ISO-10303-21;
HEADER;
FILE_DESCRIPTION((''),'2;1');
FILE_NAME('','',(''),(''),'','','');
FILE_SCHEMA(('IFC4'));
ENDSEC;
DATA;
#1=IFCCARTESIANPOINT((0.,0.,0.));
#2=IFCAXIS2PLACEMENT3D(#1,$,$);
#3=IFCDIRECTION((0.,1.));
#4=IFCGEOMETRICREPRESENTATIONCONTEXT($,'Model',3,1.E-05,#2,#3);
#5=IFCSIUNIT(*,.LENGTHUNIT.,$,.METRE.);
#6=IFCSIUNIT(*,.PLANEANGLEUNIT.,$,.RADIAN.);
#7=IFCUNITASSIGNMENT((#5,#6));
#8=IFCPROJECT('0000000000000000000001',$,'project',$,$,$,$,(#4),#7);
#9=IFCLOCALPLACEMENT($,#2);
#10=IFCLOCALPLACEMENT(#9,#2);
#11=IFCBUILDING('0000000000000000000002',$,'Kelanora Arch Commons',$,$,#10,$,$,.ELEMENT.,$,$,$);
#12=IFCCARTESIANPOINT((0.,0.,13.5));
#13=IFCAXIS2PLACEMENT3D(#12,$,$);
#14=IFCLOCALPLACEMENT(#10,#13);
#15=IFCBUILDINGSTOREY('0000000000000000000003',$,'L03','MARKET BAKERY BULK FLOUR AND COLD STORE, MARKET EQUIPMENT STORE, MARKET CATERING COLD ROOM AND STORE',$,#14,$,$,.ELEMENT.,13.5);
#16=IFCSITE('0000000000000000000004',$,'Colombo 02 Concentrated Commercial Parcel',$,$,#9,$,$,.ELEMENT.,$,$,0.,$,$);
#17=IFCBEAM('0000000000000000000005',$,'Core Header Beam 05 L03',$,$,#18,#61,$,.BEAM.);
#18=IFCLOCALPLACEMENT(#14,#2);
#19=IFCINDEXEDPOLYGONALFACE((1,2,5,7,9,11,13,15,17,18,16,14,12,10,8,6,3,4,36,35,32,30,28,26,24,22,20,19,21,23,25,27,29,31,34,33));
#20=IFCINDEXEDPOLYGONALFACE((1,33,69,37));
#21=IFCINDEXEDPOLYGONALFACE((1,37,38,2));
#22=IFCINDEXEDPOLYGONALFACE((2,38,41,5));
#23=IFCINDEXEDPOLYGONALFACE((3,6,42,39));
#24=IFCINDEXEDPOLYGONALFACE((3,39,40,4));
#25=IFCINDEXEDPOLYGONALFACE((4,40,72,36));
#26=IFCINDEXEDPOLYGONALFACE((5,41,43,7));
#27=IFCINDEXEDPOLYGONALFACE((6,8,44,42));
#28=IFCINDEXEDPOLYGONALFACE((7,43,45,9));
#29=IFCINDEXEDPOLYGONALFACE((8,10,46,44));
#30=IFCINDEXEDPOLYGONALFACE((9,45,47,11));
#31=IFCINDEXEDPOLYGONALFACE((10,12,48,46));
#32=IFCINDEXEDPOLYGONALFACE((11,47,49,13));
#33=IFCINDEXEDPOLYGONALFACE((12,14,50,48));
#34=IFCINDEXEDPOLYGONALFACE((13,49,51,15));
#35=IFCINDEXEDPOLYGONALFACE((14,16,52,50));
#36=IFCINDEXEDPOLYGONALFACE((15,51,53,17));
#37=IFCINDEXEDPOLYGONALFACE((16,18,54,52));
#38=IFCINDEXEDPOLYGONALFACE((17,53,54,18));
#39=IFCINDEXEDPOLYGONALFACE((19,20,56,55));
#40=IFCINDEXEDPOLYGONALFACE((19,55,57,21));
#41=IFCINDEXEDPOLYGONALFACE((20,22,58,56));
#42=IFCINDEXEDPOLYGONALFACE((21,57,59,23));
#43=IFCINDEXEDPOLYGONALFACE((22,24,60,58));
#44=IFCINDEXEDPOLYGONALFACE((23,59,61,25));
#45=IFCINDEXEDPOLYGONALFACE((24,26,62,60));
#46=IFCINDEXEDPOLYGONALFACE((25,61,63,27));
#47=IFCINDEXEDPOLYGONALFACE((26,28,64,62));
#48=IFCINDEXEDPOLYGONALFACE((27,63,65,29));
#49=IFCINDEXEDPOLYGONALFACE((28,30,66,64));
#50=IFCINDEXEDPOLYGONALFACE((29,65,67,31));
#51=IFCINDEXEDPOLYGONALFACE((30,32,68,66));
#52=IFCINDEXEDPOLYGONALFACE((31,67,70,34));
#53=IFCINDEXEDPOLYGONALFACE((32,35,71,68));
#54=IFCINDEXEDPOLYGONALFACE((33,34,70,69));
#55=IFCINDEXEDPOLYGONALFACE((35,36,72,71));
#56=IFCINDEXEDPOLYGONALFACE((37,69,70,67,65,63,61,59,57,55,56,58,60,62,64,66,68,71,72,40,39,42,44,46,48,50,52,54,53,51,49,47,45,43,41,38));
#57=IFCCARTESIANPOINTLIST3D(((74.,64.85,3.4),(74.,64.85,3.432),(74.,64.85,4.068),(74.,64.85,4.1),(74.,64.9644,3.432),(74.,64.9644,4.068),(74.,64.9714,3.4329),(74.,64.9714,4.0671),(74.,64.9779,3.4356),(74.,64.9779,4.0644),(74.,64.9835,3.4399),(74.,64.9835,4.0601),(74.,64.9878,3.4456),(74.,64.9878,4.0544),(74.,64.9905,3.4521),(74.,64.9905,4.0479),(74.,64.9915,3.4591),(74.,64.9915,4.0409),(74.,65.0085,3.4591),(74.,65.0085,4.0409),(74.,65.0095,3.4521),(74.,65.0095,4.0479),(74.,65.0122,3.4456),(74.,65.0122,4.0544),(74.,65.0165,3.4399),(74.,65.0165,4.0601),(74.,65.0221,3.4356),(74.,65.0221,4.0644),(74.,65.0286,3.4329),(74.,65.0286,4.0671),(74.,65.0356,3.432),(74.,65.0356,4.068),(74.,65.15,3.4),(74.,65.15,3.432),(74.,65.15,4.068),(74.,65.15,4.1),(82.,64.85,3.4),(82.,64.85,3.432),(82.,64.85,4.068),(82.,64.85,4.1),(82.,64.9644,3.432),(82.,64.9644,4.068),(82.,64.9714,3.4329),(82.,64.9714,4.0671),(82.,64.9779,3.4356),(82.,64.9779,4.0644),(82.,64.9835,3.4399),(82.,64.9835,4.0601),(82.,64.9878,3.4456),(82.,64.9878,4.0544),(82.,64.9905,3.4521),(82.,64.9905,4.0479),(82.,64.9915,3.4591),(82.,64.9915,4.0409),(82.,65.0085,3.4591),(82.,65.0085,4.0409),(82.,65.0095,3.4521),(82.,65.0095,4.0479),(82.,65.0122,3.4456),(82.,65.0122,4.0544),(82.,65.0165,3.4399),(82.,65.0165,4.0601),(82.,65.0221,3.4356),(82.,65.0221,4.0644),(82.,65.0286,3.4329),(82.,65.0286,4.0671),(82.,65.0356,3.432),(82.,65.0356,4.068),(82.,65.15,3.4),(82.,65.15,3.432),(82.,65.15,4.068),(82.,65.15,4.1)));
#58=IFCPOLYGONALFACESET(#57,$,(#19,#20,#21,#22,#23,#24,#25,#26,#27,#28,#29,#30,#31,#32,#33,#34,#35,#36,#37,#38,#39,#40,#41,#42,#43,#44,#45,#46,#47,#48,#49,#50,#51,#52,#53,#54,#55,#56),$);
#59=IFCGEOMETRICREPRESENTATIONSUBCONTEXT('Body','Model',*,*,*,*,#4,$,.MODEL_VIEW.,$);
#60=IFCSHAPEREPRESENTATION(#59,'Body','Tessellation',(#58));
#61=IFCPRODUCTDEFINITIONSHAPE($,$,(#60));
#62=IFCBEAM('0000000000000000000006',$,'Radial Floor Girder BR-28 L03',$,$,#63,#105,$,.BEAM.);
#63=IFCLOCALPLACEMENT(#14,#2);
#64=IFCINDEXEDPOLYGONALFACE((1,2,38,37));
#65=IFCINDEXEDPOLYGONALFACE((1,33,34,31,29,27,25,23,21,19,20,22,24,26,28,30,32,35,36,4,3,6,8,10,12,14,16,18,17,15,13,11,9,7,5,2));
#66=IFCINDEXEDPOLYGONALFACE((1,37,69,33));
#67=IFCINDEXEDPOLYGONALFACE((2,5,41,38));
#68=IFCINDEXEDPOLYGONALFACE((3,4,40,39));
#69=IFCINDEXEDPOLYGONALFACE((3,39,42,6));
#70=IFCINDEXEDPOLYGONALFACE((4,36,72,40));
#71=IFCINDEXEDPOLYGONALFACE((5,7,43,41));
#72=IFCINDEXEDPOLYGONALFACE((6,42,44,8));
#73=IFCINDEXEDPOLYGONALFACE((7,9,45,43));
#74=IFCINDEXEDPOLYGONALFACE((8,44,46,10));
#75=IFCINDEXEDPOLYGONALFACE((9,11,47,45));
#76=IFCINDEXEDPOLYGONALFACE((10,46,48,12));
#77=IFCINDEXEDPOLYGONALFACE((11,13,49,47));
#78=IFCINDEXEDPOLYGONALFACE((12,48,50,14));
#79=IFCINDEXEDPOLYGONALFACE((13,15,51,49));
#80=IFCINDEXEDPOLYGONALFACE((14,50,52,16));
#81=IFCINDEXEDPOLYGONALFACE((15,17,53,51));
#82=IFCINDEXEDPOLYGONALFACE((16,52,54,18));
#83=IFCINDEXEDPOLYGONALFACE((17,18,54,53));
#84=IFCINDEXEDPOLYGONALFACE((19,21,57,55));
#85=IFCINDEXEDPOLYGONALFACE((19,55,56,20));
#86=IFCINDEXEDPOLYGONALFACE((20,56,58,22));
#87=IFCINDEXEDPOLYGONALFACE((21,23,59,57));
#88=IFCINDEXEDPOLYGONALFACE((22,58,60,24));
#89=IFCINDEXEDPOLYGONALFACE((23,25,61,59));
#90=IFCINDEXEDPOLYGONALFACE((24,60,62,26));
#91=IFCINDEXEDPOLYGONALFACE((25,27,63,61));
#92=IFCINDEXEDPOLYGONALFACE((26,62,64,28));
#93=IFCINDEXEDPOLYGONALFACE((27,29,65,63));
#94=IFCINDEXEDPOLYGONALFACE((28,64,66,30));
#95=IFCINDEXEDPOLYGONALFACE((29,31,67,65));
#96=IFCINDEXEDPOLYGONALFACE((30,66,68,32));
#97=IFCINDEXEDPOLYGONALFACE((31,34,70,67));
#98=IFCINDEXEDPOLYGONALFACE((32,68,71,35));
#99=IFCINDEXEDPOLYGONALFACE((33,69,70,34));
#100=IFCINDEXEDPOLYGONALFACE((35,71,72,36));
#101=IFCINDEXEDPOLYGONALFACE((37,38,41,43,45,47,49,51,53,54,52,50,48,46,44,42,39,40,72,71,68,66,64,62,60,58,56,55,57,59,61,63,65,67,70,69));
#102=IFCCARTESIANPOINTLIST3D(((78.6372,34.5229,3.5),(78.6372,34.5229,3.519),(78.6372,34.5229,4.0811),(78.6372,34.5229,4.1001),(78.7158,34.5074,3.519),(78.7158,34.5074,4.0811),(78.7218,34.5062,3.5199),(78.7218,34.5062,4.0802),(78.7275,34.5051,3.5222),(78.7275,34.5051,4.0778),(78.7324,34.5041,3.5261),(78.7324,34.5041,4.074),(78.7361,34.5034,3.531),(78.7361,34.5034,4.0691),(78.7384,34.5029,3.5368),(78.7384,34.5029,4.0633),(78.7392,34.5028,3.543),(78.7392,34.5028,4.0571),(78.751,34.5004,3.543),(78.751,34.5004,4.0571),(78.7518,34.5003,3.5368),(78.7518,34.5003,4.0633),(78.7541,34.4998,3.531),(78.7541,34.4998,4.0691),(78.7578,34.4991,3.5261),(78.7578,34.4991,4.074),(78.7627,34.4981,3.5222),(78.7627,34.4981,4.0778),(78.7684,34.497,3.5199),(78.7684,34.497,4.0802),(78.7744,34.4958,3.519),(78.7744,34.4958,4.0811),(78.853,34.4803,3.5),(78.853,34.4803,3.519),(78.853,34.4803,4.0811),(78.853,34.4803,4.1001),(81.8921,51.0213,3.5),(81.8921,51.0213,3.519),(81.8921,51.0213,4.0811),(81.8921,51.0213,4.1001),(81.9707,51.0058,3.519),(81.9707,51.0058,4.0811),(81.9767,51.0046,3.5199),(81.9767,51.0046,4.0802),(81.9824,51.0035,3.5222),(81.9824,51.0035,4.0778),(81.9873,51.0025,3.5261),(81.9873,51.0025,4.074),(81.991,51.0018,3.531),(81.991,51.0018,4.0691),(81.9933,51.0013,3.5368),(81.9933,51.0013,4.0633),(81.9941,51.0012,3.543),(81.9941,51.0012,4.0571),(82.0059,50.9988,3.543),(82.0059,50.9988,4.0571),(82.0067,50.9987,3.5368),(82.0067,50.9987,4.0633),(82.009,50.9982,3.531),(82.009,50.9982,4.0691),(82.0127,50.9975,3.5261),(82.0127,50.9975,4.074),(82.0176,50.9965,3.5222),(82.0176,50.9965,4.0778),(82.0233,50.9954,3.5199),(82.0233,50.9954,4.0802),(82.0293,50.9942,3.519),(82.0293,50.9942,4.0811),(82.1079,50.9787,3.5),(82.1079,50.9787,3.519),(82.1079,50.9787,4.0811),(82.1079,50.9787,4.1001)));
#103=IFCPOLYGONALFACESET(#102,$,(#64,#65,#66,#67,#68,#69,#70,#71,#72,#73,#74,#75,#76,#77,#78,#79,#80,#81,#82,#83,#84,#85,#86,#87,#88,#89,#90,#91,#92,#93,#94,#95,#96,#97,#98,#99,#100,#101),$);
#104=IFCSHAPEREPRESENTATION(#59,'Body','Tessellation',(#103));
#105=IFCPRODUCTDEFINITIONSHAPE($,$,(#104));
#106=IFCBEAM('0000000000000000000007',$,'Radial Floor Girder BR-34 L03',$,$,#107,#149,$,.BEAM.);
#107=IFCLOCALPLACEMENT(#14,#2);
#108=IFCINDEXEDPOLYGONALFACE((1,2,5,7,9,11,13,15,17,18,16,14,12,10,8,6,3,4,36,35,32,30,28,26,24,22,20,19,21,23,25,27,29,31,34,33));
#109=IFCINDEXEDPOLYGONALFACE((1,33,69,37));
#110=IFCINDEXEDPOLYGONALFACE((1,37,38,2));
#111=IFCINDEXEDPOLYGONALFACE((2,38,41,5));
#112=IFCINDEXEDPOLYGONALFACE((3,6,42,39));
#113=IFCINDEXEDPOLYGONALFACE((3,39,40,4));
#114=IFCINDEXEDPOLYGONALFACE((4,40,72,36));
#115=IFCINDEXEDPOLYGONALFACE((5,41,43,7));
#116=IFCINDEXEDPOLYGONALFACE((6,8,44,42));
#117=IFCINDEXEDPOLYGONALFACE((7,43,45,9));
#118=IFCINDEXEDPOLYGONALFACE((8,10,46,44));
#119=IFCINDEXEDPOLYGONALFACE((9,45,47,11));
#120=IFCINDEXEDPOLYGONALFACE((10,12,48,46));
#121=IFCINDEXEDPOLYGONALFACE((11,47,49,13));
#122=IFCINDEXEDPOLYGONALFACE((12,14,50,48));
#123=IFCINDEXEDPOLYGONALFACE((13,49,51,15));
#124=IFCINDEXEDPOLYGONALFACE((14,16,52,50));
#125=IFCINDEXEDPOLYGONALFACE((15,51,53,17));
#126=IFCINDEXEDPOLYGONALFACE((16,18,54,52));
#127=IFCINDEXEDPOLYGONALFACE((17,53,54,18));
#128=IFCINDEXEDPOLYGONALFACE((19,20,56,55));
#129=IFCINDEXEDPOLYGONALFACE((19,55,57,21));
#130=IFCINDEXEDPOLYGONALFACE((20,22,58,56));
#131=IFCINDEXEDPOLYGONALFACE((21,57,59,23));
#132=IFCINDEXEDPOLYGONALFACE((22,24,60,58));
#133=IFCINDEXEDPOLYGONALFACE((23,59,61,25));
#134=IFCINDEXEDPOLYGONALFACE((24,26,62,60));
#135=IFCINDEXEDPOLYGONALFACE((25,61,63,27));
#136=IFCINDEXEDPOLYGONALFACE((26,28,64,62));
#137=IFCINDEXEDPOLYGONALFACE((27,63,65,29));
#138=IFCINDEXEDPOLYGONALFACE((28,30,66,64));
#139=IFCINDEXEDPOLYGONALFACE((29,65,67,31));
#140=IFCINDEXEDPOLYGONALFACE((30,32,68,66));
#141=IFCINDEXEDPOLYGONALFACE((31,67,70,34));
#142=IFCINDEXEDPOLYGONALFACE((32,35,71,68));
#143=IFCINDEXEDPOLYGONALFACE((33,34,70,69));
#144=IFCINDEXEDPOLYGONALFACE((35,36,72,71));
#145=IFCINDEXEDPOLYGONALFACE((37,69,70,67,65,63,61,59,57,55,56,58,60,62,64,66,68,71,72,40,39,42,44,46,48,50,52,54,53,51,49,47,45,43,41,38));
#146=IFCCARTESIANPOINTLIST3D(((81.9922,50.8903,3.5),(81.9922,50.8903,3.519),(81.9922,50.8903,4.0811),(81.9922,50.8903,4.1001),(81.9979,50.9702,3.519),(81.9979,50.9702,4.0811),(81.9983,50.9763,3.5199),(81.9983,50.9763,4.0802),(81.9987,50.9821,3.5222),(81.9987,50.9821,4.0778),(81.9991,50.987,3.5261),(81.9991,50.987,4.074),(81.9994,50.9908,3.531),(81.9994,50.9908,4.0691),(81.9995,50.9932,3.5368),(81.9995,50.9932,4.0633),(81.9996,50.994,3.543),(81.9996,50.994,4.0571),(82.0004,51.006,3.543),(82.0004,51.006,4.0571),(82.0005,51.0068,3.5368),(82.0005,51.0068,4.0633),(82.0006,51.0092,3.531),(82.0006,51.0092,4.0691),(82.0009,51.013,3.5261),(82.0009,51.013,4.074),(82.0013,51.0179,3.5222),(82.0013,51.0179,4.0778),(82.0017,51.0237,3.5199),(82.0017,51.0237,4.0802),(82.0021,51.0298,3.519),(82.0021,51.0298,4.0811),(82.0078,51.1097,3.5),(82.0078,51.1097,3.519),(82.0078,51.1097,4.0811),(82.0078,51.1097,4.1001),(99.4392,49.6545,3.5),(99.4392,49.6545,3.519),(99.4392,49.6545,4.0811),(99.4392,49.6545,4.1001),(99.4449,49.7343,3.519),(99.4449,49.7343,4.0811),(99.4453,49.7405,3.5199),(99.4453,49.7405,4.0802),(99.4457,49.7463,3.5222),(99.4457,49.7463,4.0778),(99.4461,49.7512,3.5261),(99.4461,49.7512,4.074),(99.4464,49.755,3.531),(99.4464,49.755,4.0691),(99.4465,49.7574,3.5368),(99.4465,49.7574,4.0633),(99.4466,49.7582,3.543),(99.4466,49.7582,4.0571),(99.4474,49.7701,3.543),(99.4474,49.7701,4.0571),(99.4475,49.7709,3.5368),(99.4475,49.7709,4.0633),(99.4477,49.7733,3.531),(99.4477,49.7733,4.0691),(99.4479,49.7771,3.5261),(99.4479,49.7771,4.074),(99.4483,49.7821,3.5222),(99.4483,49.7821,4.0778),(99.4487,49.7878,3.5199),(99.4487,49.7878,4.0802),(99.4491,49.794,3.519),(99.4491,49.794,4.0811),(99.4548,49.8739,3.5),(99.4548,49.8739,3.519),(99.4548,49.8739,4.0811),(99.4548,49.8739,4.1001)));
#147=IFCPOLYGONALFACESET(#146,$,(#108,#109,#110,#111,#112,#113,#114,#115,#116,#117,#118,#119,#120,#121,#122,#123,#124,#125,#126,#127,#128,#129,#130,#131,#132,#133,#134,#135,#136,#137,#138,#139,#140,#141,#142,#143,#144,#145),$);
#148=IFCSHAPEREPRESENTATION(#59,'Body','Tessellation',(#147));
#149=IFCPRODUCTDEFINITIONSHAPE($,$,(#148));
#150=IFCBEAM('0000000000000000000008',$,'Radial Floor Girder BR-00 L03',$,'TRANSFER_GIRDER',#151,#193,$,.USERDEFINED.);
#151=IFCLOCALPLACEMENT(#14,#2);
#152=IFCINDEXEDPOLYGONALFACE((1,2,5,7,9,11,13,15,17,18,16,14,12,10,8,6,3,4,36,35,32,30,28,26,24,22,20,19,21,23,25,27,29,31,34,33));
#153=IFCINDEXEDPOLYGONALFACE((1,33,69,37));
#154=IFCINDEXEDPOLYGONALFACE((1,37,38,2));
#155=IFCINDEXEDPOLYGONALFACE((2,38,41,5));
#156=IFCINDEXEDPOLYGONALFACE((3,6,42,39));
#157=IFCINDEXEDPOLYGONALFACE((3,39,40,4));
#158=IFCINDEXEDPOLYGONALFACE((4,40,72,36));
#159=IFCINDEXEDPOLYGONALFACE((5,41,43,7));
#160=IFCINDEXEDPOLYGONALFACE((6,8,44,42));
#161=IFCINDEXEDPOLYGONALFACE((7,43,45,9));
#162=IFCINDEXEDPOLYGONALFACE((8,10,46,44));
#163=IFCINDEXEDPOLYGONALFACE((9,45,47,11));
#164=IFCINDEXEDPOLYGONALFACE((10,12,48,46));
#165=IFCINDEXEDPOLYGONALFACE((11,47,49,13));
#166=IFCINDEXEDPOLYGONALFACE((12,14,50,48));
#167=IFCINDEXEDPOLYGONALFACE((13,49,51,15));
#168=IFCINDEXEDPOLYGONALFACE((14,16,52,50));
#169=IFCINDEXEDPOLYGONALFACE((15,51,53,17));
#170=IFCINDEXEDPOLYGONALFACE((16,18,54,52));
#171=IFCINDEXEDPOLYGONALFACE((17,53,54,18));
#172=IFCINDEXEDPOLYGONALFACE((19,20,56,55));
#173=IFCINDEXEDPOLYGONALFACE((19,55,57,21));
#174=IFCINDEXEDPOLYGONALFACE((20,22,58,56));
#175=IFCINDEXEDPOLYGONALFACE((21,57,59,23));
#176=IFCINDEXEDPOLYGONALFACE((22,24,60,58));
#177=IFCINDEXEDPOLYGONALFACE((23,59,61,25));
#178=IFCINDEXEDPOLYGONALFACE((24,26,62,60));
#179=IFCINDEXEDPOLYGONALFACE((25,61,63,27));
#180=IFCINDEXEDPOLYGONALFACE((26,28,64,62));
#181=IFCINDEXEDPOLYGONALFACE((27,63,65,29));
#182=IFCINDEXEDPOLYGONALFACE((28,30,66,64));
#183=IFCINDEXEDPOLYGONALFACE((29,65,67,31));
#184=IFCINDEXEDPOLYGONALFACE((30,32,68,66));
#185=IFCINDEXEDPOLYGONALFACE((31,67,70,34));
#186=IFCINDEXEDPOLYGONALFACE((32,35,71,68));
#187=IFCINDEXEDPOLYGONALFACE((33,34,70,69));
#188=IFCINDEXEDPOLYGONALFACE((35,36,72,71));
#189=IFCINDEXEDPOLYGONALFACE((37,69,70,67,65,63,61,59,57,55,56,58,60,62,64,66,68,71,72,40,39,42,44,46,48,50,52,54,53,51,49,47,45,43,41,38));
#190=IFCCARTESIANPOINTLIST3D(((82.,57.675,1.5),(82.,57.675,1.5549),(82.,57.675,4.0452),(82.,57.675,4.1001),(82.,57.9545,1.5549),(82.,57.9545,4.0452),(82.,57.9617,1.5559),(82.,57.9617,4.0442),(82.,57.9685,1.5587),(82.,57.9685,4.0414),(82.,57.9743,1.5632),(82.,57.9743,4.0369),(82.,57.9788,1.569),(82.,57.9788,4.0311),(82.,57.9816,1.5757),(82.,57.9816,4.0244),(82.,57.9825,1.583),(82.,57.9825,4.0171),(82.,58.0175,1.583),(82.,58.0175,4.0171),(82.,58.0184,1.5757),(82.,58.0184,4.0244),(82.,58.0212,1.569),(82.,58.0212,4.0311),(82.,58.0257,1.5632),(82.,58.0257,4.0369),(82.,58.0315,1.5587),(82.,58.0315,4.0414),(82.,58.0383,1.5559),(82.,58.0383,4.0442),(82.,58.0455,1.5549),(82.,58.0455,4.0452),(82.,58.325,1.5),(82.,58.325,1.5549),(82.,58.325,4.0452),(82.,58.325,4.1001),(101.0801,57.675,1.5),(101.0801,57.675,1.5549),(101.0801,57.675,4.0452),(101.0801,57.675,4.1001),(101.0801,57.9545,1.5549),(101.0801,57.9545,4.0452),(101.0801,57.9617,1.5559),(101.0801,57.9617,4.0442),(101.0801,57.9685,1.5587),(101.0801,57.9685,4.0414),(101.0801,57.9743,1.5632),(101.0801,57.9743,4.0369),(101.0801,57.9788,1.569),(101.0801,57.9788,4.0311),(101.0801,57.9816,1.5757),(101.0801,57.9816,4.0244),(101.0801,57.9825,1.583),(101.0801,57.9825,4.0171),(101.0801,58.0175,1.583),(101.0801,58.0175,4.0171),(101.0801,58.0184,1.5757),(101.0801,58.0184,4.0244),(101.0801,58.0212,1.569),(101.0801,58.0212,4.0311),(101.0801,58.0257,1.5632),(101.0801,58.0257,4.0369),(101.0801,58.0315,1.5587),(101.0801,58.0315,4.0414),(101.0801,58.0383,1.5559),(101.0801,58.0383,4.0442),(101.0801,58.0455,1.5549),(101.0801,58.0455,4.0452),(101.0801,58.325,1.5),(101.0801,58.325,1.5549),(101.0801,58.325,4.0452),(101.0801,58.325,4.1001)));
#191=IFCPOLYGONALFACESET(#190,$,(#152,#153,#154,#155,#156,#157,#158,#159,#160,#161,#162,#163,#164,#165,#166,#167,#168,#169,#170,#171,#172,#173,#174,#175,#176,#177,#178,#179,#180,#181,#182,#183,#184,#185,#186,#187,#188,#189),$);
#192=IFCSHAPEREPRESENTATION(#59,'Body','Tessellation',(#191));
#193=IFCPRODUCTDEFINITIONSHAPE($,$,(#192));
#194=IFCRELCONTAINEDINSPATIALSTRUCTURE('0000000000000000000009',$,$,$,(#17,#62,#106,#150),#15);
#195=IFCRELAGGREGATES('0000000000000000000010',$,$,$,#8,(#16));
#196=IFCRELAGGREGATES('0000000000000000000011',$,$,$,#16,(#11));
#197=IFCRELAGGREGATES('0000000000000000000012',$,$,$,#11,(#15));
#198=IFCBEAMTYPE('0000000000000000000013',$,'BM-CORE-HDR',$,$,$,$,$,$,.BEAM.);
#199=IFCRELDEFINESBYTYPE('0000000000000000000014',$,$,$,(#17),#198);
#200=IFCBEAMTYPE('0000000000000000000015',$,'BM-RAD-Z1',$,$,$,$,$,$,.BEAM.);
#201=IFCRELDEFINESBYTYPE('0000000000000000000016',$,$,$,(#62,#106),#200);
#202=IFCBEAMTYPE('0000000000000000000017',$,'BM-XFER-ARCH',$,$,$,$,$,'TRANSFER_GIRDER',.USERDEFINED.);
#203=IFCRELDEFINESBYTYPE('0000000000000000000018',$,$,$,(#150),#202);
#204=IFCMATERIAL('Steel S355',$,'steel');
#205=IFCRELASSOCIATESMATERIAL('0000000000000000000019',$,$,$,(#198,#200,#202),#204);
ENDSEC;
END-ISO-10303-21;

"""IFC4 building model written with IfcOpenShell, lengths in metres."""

from ifc_helpers import new_model, si_unit, direction, frame, origin, origin_2d, place, context, subcontext, project, spatial, i_section, extrude, material, material_profile, profile_set, type_object, element, save


model = new_model("IFC4")

# Units and contexts
model_context = context("Model", 3, precision=1e-05, world=origin(), true_north=direction((0.0, 1.0)))
body_context = subcontext(model_context, "Body", "Model", "MODEL_VIEW")
ifc_project = project(units=[si_unit("LENGTHUNIT", "METRE"), si_unit("PLANEANGLEUNIT", "RADIAN")], contexts=[model_context])

# Site, building, storey
site_placement = place(None, origin())
site = spatial("IfcSite", under=ifc_project, at=site_placement, Name="Colombo 02 Concentrated Commercial Parcel", CompositionType="ELEMENT", RefElevation=0.0)
building_placement = place(site_placement, origin())
building = spatial("IfcBuilding", under=site, at=building_placement, Name="Kelanora Arch Commons", CompositionType="ELEMENT")
storey_placement = place(building_placement, frame((0.0, 0.0, 13.5)))
storey = spatial("IfcBuildingStorey", under=building, at=storey_placement, Name="L03", Description="MARKET BAKERY BULK FLOUR AND COLD STORE, MARKET EQUIPMENT STORE, MARKET CATERING COLD ROOM AND STORE", CompositionType="ELEMENT", Elevation=13.5)

# Shared definitions
ifc_material_1 = material(Name="Steel S355", Category="steel")

# Beams
ifc_material_profile_1 = material_profile(ifc_material_1, i_section(OverallWidth=0.3, OverallDepth=0.7, WebThickness=0.0171, FlangeThickness=0.032, FilletRadius=0.0271, at=origin_2d()), Name="HEB700")
ifc_profile_set_1 = profile_set([ifc_material_profile_1], Name="Steel S355")
beam_type_1 = type_object("IfcBeamType", Name="BM-CORE-HDR", PredefinedType="BEAM", material=ifc_profile_set_1)
beam_1_placement = place(storey_placement, frame((82.0, 65.0, 3.75), z_axis=(-1.0, 0.0, 0.0), x_axis=(0.0, -1.0, 0.0)))
element("IfcBeam", 1, at=beam_1_placement, inside=storey, type_object=beam_type_1, Name="Core Header Beam 05 L03", PredefinedType="BEAM", context=body_context, shape_type="SweptSolid", body=[
    extrude(i_section(OverallWidth=0.3, OverallDepth=0.7, WebThickness=0.0171, FlangeThickness=0.032, FilletRadius=0.0271, at=origin_2d()), origin(), (0.0, 0.0, 1.0), 8.0),
])
ifc_material_profile_2 = material_profile(ifc_material_1, i_section(OverallWidth=0.22, OverallDepth=0.6001, WebThickness=0.012, FlangeThickness=0.019, FilletRadius=0.0239, at=origin_2d()), Name="IPE600")
ifc_profile_set_2 = profile_set([ifc_material_profile_2], Name="Steel S355")
beam_type_2 = type_object("IfcBeamType", Name="BM-RAD-Z1", PredefinedType="BEAM", material=ifc_profile_set_2)
beam_2_placement = place(storey_placement, frame((82.0, 51.0, 3.8), z_axis=(-0.193555, -0.981089, 0.0), x_axis=(0.981089, -0.193555, 0.0)))
element("IfcBeam", 2, at=beam_2_placement, inside=storey, type_object=beam_type_2, Name="Radial Floor Girder BR-28 L03", PredefinedType="BEAM", context=body_context, shape_type="SweptSolid", body=[
    extrude(i_section(OverallWidth=0.22, OverallDepth=0.6001, WebThickness=0.012, FlangeThickness=0.019, FilletRadius=0.0239, at=origin_2d()), origin(), (0.0, 0.0, 1.0), 16.8164),
])
beam_3_placement = place(storey_placement, frame((82.0, 51.0, 3.8), z_axis=(0.997501, -0.070657, 0.0), x_axis=(0.070657, 0.997501, 0.0)))
element("IfcBeam", 3, at=beam_3_placement, inside=storey, type_object=beam_type_2, Name="Radial Floor Girder BR-34 L03", PredefinedType="BEAM", context=body_context, shape_type="SweptSolid", body=[
    extrude(i_section(OverallWidth=0.22, OverallDepth=0.6001, WebThickness=0.012, FlangeThickness=0.019, FilletRadius=0.0239, at=origin_2d()), origin(), (0.0, 0.0, 1.0), 17.4907),
])
ifc_material_profile_3 = material_profile(ifc_material_1, i_section(OverallWidth=0.6499, OverallDepth=2.6001, WebThickness=0.0349, FlangeThickness=0.0549, FilletRadius=0.0281, at=origin_2d()), Name="PG2600x650")
ifc_profile_set_3 = profile_set([ifc_material_profile_3], Name="Steel S355")
beam_type_3 = type_object("IfcBeamType", Name="BM-XFER-ARCH", ElementType="TRANSFER_GIRDER", PredefinedType="USERDEFINED", material=ifc_profile_set_3)
beam_4_placement = place(storey_placement, frame((82.0, 58.0, 2.8), z_axis=(1.0, 0.0, 0.0), x_axis=(0.0, 1.0, 0.0)))
element("IfcBeam", 4, at=beam_4_placement, inside=storey, type_object=beam_type_3, Name="Radial Floor Girder BR-00 L03", ObjectType="TRANSFER_GIRDER", PredefinedType="USERDEFINED", context=body_context, shape_type="SweptSolid", body=[
    extrude(i_section(OverallWidth=0.6499, OverallDepth=2.6001, WebThickness=0.0349, FlangeThickness=0.0549, FilletRadius=0.0281, at=origin_2d()), origin(), (0.0, 0.0, 1.0), 19.0801),
])

save(model, "model.ifc")
